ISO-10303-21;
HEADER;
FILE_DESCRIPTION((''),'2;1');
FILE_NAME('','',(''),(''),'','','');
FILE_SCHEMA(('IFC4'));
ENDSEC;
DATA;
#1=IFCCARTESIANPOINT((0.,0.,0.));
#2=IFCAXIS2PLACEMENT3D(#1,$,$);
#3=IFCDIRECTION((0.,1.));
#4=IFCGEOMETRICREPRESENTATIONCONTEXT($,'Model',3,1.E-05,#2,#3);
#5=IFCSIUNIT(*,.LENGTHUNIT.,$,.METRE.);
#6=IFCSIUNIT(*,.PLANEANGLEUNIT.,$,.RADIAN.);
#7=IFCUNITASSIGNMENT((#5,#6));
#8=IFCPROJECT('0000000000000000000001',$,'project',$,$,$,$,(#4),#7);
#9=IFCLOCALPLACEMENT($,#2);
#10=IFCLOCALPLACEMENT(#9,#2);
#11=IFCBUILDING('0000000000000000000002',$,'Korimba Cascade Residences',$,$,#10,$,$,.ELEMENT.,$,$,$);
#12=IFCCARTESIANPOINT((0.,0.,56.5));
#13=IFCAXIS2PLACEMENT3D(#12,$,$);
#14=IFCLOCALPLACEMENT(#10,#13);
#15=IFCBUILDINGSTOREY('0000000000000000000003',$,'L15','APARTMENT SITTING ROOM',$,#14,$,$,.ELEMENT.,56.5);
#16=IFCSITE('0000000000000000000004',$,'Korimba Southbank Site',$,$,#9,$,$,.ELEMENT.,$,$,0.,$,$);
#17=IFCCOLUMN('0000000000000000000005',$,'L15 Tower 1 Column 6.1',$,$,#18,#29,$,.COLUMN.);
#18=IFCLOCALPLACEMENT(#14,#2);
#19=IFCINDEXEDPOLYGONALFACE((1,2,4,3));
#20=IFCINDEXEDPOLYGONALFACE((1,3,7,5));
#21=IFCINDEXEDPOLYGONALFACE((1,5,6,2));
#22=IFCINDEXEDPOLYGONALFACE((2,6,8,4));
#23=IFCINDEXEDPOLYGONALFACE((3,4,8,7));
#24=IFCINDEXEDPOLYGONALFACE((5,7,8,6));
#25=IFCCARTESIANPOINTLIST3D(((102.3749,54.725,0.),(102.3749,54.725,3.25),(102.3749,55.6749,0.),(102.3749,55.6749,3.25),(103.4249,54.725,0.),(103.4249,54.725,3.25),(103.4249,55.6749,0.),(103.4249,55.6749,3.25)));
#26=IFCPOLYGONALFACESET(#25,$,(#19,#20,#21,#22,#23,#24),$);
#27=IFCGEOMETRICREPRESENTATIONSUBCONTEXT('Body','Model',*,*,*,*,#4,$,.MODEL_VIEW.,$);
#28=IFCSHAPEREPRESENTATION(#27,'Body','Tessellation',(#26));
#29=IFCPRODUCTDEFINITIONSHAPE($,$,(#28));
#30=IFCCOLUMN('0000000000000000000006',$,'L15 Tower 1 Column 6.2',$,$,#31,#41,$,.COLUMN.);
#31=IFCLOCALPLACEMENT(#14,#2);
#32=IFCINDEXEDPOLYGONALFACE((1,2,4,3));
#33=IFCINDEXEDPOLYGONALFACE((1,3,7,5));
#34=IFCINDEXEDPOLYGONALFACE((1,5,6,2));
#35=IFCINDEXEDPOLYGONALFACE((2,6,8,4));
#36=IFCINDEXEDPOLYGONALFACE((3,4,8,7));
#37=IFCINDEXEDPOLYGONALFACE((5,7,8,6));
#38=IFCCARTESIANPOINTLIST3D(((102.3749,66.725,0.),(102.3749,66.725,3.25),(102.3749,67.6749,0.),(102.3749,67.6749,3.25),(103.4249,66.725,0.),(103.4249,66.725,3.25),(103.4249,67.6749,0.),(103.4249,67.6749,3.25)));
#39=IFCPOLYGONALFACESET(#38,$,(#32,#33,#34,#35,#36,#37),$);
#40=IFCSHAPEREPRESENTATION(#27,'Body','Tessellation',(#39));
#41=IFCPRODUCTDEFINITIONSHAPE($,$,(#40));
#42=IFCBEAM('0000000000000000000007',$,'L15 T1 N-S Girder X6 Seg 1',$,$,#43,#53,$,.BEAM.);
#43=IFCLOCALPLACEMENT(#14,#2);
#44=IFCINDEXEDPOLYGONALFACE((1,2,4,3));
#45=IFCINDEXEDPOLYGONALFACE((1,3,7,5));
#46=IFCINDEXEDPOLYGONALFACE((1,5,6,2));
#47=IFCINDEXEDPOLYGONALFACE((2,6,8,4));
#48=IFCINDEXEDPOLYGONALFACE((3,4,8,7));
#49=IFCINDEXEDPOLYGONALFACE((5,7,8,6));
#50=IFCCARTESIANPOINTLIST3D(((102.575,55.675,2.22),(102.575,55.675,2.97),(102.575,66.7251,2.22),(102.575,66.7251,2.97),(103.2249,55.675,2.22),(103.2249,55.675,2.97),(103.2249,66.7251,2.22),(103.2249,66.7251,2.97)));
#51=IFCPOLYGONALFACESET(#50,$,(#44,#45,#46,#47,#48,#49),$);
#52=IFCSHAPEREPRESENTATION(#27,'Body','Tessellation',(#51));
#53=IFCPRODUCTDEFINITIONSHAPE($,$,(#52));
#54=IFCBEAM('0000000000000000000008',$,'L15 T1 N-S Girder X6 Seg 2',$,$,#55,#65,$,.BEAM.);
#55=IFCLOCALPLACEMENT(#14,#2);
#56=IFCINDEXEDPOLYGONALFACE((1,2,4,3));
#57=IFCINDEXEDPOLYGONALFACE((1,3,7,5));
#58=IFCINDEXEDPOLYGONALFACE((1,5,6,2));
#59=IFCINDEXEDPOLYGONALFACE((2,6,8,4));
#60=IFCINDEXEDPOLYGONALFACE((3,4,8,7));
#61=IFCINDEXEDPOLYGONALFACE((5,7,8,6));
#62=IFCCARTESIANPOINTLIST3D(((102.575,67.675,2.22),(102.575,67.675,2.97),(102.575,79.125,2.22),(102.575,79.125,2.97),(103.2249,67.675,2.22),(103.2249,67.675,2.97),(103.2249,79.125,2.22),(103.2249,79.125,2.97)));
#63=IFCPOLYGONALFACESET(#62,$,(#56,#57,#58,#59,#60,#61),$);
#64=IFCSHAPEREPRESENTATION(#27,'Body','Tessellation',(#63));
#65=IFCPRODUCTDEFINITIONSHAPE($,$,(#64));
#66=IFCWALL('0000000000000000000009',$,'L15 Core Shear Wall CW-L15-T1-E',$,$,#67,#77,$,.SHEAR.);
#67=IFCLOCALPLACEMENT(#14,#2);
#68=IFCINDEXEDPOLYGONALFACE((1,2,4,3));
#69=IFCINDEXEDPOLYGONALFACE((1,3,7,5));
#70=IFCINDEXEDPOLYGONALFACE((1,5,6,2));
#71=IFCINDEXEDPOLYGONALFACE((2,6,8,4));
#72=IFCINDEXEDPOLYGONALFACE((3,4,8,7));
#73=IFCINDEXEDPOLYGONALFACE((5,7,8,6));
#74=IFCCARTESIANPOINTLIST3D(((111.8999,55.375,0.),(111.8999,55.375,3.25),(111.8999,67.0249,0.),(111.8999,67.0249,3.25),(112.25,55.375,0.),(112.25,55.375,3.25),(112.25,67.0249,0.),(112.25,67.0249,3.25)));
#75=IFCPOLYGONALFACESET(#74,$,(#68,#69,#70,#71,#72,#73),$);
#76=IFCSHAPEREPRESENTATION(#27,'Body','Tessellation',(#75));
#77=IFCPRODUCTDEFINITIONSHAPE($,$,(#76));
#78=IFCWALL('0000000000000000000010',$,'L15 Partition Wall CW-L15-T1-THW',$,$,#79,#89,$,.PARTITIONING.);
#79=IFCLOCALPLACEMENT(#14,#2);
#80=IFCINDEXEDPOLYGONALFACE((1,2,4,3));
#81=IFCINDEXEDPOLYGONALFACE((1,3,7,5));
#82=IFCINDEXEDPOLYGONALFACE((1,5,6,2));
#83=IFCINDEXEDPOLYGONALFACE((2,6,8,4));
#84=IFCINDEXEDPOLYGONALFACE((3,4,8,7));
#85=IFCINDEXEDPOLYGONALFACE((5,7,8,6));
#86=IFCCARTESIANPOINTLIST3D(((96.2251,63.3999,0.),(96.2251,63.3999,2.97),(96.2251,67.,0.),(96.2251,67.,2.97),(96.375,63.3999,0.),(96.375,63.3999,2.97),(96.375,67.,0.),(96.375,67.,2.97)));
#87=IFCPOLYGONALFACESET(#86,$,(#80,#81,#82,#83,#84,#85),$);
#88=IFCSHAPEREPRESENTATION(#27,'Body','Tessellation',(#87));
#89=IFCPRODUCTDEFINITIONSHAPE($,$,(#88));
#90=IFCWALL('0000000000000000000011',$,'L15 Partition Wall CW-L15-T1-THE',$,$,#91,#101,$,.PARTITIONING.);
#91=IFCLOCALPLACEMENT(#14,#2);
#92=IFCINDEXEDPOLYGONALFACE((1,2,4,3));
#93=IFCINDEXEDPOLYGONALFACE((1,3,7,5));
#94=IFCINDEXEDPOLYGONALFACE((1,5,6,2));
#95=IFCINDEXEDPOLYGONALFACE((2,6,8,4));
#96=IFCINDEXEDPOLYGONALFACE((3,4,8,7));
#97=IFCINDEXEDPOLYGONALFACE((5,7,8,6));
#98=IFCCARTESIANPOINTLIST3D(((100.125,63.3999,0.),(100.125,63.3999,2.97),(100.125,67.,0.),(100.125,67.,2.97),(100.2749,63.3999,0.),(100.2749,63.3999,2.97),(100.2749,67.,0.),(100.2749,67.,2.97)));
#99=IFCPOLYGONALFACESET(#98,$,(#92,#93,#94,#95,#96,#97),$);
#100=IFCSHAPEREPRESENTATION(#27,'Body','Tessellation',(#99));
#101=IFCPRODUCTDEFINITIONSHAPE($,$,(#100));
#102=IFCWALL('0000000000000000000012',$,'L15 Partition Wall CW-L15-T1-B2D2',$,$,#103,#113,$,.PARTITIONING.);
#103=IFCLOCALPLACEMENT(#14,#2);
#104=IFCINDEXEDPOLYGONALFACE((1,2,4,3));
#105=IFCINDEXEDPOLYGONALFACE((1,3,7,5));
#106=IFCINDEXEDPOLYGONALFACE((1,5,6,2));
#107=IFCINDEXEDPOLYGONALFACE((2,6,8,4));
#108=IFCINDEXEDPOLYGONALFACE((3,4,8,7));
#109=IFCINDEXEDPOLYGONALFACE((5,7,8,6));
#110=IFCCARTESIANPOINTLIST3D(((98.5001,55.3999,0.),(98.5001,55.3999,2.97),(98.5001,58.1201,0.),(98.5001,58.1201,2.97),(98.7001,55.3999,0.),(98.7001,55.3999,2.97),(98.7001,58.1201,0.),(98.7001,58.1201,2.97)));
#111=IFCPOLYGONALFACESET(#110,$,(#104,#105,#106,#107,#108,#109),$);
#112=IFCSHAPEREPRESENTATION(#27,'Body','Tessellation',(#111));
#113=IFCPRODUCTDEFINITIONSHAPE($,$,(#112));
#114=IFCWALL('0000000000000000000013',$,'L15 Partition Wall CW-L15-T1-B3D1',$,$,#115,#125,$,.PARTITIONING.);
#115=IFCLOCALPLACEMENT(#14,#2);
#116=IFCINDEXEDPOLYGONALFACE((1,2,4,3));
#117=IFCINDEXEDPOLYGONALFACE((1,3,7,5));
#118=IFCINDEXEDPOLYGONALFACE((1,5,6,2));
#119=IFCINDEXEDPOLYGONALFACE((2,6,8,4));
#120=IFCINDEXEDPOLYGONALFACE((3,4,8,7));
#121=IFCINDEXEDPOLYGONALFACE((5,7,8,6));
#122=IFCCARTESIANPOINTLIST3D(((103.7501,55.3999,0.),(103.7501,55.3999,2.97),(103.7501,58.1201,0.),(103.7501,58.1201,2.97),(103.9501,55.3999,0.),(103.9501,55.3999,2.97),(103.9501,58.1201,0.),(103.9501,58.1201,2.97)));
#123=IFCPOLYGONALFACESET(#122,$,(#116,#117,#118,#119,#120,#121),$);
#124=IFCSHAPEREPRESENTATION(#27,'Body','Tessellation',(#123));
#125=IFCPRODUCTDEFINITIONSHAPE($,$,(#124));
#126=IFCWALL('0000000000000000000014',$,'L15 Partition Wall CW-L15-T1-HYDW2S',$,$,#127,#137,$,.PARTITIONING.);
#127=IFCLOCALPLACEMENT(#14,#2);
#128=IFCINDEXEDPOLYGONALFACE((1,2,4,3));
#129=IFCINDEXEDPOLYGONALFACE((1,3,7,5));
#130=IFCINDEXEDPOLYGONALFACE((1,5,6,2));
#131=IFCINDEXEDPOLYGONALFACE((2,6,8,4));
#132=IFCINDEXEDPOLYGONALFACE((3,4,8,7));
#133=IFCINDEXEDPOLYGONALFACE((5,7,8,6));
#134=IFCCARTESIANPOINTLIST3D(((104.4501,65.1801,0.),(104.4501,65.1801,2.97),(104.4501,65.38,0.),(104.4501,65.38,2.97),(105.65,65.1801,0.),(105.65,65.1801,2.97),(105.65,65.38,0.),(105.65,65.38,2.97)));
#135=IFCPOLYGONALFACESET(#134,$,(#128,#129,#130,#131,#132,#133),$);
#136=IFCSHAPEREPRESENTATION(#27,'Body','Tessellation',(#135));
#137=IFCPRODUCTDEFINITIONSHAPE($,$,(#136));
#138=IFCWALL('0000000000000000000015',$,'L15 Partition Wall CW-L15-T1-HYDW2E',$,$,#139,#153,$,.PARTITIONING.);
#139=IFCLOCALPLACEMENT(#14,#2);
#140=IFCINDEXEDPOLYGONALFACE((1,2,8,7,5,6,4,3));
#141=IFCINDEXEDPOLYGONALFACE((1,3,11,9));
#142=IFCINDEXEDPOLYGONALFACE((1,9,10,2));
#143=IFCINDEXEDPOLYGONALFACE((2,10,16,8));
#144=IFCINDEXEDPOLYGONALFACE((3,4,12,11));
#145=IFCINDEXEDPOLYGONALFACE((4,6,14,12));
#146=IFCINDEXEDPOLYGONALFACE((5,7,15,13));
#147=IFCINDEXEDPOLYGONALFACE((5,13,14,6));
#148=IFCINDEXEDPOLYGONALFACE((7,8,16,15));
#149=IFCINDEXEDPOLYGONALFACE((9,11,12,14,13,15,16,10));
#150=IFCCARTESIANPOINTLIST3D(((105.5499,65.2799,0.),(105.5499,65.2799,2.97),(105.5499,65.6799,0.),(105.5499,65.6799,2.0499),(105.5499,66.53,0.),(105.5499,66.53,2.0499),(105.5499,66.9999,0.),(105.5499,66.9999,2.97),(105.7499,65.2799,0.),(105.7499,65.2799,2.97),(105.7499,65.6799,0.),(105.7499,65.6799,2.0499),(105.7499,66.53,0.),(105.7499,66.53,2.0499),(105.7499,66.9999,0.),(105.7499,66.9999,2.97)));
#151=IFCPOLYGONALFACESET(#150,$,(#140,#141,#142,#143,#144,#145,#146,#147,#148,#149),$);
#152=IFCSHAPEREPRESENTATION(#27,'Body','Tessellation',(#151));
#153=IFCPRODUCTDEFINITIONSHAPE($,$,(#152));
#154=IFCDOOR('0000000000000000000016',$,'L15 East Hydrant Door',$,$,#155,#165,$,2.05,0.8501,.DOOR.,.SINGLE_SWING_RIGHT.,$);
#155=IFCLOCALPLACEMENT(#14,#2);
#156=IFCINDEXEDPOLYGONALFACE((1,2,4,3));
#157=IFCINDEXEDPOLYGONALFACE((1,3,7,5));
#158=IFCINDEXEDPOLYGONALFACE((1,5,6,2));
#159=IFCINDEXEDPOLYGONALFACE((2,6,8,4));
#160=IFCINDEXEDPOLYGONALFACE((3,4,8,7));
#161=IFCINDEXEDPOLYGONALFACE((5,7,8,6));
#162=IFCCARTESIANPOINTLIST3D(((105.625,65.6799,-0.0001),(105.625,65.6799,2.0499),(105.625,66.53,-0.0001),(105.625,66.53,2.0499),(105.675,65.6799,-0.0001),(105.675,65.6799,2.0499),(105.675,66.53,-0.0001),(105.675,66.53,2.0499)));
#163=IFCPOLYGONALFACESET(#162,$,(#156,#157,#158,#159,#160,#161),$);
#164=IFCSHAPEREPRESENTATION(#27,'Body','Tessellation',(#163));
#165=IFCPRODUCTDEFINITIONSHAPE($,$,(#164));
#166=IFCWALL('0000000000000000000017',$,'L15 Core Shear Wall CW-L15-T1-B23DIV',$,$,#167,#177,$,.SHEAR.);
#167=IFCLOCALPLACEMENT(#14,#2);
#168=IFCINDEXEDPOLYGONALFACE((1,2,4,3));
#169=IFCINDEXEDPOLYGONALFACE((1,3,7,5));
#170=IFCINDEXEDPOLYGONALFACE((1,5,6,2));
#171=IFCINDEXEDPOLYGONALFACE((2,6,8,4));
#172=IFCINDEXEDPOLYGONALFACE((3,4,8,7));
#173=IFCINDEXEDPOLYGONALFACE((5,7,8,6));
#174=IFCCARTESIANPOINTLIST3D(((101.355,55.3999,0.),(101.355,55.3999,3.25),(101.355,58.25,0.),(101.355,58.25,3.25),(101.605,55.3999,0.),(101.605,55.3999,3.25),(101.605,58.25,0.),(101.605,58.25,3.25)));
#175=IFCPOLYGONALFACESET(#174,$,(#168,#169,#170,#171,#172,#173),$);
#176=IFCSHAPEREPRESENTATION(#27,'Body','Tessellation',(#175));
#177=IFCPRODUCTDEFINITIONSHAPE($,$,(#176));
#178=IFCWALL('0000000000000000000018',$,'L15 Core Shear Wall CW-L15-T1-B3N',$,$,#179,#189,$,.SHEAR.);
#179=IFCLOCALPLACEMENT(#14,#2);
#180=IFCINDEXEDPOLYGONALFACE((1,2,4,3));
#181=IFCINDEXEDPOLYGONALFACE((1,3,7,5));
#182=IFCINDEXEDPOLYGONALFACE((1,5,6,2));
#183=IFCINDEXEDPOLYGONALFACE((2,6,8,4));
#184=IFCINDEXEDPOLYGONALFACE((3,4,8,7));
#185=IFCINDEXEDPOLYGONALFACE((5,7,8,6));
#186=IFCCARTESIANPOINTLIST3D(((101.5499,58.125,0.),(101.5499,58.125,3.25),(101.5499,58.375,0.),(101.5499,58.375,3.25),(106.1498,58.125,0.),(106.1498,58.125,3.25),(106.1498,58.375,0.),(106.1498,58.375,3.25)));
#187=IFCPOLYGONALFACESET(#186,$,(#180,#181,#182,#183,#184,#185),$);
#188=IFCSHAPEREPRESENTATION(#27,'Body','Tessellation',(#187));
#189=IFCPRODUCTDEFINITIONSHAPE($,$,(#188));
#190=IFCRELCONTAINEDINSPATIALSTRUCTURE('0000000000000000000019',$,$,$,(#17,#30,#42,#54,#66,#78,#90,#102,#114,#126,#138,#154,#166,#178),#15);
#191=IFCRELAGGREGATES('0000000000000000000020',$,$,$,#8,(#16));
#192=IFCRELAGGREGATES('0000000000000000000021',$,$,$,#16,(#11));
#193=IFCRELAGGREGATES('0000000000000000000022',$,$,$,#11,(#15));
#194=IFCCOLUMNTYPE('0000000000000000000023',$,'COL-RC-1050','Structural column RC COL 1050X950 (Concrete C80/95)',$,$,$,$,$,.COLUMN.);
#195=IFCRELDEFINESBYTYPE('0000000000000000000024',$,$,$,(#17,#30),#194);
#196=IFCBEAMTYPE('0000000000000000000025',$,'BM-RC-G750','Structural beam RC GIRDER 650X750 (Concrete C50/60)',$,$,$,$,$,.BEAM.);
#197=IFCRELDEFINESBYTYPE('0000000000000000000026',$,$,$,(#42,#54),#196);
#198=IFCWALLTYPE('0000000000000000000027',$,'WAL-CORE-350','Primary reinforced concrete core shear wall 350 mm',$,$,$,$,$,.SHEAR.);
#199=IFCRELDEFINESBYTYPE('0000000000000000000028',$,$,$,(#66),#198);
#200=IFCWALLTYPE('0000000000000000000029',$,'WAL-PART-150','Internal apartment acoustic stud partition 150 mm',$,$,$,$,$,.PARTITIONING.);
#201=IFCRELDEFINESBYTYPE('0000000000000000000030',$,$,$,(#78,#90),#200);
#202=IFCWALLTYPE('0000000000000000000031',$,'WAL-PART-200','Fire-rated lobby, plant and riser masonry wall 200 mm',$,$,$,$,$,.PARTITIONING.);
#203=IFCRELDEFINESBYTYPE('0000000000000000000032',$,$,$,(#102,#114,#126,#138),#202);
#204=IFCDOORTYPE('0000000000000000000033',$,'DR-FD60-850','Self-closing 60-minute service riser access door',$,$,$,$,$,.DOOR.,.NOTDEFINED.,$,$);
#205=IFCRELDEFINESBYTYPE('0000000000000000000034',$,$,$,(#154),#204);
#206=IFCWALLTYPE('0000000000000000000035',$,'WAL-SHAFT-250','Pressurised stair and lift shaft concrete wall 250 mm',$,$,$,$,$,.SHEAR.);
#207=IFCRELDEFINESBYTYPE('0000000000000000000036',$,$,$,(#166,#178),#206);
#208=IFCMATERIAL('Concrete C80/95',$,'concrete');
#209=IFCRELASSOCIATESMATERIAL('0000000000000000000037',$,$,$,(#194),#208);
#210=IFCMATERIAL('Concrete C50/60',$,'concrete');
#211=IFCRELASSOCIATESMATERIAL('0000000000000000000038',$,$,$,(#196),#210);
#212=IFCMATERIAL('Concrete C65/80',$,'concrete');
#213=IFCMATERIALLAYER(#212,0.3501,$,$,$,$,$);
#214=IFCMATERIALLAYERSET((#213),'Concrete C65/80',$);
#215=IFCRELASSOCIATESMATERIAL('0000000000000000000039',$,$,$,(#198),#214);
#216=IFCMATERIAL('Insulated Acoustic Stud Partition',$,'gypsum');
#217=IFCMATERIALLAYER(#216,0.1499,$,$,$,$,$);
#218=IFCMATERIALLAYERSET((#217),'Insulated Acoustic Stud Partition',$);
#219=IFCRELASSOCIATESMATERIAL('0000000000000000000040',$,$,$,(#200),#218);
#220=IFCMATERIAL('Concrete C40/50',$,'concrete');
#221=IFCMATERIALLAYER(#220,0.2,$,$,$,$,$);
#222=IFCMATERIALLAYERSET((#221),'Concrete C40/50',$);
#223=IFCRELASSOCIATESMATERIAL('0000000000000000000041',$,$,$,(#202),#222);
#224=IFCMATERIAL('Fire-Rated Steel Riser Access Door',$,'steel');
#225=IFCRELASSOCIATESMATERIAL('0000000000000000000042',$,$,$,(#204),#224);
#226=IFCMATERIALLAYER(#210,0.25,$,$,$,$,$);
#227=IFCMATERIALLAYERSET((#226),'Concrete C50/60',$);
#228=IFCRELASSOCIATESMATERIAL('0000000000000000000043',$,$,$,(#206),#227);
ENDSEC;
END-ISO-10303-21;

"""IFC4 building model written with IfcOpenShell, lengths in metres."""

from ifc_helpers import new_model, si_unit, direction, frame, frame_2d, origin, origin_2d, place, context, subcontext, project, spatial, rectangle, extrude, material, layer, layer_set, material_profile, profile_set, type_object, element, fill, save


model = new_model("IFC4")

# Units and contexts
model_context = context("Model", 3, precision=1e-05, world=origin(), true_north=direction((0.0, 1.0)))
body_context = subcontext(model_context, "Body", "Model", "MODEL_VIEW")
ifc_project = project(units=[si_unit("LENGTHUNIT", "METRE"), si_unit("PLANEANGLEUNIT", "RADIAN")], contexts=[model_context])

# Site, building, storey
site_placement = place(None, origin())
site = spatial("IfcSite", under=ifc_project, at=site_placement, Name="Korimba Southbank Site", CompositionType="ELEMENT", RefElevation=0.0)
building_placement = place(site_placement, origin())
building = spatial("IfcBuilding", under=site, at=building_placement, Name="Korimba Cascade Residences", CompositionType="ELEMENT")
storey_placement = place(building_placement, frame((0.0, 0.0, 56.5)))
storey = spatial("IfcBuildingStorey", under=building, at=storey_placement, Name="L15", Description="APARTMENT SITTING ROOM", CompositionType="ELEMENT", Elevation=56.5)

# Columns
ifc_material_1 = material(Name="Concrete C80/95", Category="concrete")
ifc_material_profile_1 = material_profile(ifc_material_1, rectangle(XDim=1.05, YDim=0.95, at=origin_2d()), Name="Concrete C80/95")
ifc_profile_set_1 = profile_set([ifc_material_profile_1], Name="Concrete C80/95")
column_type = type_object("IfcColumnType", Name="COL-RC-1050", Description="Structural column RC COL 1050X950 (Concrete C80/95)", PredefinedType="COLUMN", material=ifc_profile_set_1)
for number, where, z_axis, x_axis, name in (
    (1, (102.8999, 55.2, 0.0), (0.0, 0.0, 1.0), (1.0, 0.0, 0.0), "L15 Tower 1 Column 6.1"),
    (2, (102.8999, 67.2, 0.0), (0.0, 0.0, 1.0), (1.0, 0.0, 0.0), "L15 Tower 1 Column 6.2"),
):
    element("IfcColumn", number, at=place(storey_placement, frame(where, z_axis=z_axis, x_axis=x_axis)), inside=storey, type_object=column_type, Name=name, PredefinedType="COLUMN", context=body_context, shape_type="SweptSolid", body=[
        extrude(rectangle(XDim=1.05, YDim=0.95, at=origin_2d()), origin(), (0.0, 0.0, 1.0), 3.25),
    ])

# Beams
ifc_material_2 = material(Name="Concrete C50/60", Category="concrete")
ifc_material_profile_2 = material_profile(ifc_material_2, rectangle(XDim=0.6499, YDim=0.75, at=origin_2d()), Name="Concrete C50/60")
ifc_profile_set_2 = profile_set([ifc_material_profile_2], Name="Concrete C50/60")
beam_type = type_object("IfcBeamType", Name="BM-RC-G750", Description="Structural beam RC GIRDER 650X750 (Concrete C50/60)", PredefinedType="BEAM", material=ifc_profile_set_2)
beam_1_placement = place(storey_placement, frame((102.8999, 55.675, 2.595), z_axis=(0.0, 1.0, 0.0), x_axis=(-1.0, 0.0, 0.0)))
element("IfcBeam", 3, at=beam_1_placement, inside=storey, type_object=beam_type, Name="L15 T1 N-S Girder X6 Seg 1", PredefinedType="BEAM", context=body_context, shape_type="SweptSolid", body=[
    extrude(rectangle(XDim=0.6499, YDim=0.75, at=origin_2d()), origin(), (0.0, 0.0, 1.0), 11.05),
])
beam_2_placement = place(storey_placement, frame((102.8999, 67.675, 2.595), z_axis=(0.0, 1.0, 0.0), x_axis=(-1.0, 0.0, 0.0)))
element("IfcBeam", 4, at=beam_2_placement, inside=storey, type_object=beam_type, Name="L15 T1 N-S Girder X6 Seg 2", PredefinedType="BEAM", context=body_context, shape_type="SweptSolid", body=[
    extrude(rectangle(XDim=0.6499, YDim=0.75, at=origin_2d()), origin(), (0.0, 0.0, 1.0), 11.45),
])

# Walls
ifc_material_3 = material(Name="Concrete C65/80", Category="concrete")
ifc_layer_1 = layer(ifc_material_3, 0.3501)
ifc_layer_set_1 = layer_set([ifc_layer_1], Name="Concrete C65/80")
wall_type_1 = type_object("IfcWallType", Name="WAL-CORE-350", Description="Primary reinforced concrete core shear wall 350 mm", PredefinedType="SHEAR", material=ifc_layer_set_1)
wall_1_placement = place(storey_placement, frame((112.075, 55.375, 0.0), z_axis=(0.0, 0.0, 1.0), x_axis=(0.0, 1.0, 0.0)))
element("IfcWall", 5, at=wall_1_placement, inside=storey, type_object=wall_type_1, Name="L15 Core Shear Wall CW-L15-T1-E", PredefinedType="SHEAR", context=body_context, shape_type="SweptSolid", body=[
    extrude(rectangle(XDim=11.6499, YDim=0.3501, at=frame_2d((5.825, 0.0))), origin(), (0.0, 0.0, 1.0), 3.25),
])
ifc_material_4 = material(Name="Insulated Acoustic Stud Partition", Category="gypsum")
ifc_layer_2 = layer(ifc_material_4, 0.1499)
ifc_layer_set_2 = layer_set([ifc_layer_2], Name="Insulated Acoustic Stud Partition")
wall_type_2 = type_object("IfcWallType", Name="WAL-PART-150", Description="Internal apartment acoustic stud partition 150 mm", PredefinedType="PARTITIONING", material=ifc_layer_set_2)
for number, where, z_axis, x_axis, name in (
    (6, (96.3, 63.3999, 0.0), (0.0, 0.0, 1.0), (0.0, 1.0, 0.0), "L15 Partition Wall CW-L15-T1-THW"),
    (7, (100.2, 63.3999, 0.0), (0.0, 0.0, 1.0), (0.0, 1.0, 0.0), "L15 Partition Wall CW-L15-T1-THE"),
):
    element("IfcWall", number, at=place(storey_placement, frame(where, z_axis=z_axis, x_axis=x_axis)), inside=storey, type_object=wall_type_2, Name=name, PredefinedType="PARTITIONING", context=body_context, shape_type="SweptSolid", body=[
        extrude(rectangle(XDim=3.6001, YDim=0.1499, at=frame_2d((1.8, 0.0))), origin(), (0.0, 0.0, 1.0), 2.97),
    ])
ifc_material_5 = material(Name="Concrete C40/50", Category="concrete")
ifc_layer_3 = layer(ifc_material_5, 0.2)
ifc_layer_set_3 = layer_set([ifc_layer_3], Name="Concrete C40/50")
wall_type_3 = type_object("IfcWallType", Name="WAL-PART-200", Description="Fire-rated lobby, plant and riser masonry wall 200 mm", PredefinedType="PARTITIONING", material=ifc_layer_set_3)
for number, where, z_axis, x_axis, name in (
    (8, (98.6001, 55.3999, 0.0), (0.0, 0.0, 1.0), (0.0, 1.0, 0.0), "L15 Partition Wall CW-L15-T1-B2D2"),
    (9, (103.8501, 55.3999, 0.0), (0.0, 0.0, 1.0), (0.0, 1.0, 0.0), "L15 Partition Wall CW-L15-T1-B3D1"),
):
    element("IfcWall", number, at=place(storey_placement, frame(where, z_axis=z_axis, x_axis=x_axis)), inside=storey, type_object=wall_type_3, Name=name, PredefinedType="PARTITIONING", context=body_context, shape_type="SweptSolid", body=[
        extrude(rectangle(XDim=2.7202, YDim=0.2, at=frame_2d((1.3601, 0.0))), origin(), (0.0, 0.0, 1.0), 2.97),
    ])
wall_2_placement = place(storey_placement, frame((104.45, 65.28, 0.0), z_axis=(0.0, 0.0, 1.0), x_axis=(1.0, 0.0, 0.0)))
element("IfcWall", 10, at=wall_2_placement, inside=storey, type_object=wall_type_3, Name="L15 Partition Wall CW-L15-T1-HYDW2S", PredefinedType="PARTITIONING", context=body_context, shape_type="SweptSolid", body=[
    extrude(rectangle(XDim=1.2, YDim=0.2, at=frame_2d((0.6001, 0.0))), origin(), (0.0, 0.0, 1.0), 2.97),
])

# Wall, opening, door
wall_3_placement = place(storey_placement, frame((105.6499, 65.28, 0.0), z_axis=(0.0, 0.0, 1.0), x_axis=(0.0, 1.0, 0.0)))
wall_3 = element("IfcWall", 11, at=wall_3_placement, inside=storey, type_object=wall_type_3, Name="L15 Partition Wall CW-L15-T1-HYDW2E", PredefinedType="PARTITIONING", context=body_context, shape_type="SweptSolid", body=[
    extrude(rectangle(XDim=1.72, YDim=0.2, at=frame_2d((0.8599, 0.0))), origin(), (0.0, 0.0, 1.0), 2.97),
])
opening_1_placement = place(wall_3_placement, frame((0.3999, 0.0, 0.0)))
opening_1 = element("IfcOpeningElement", 12, at=opening_1_placement, cuts=wall_3, PredefinedType="OPENING", context=body_context, shape_type="SweptSolid", body=[
    extrude(rectangle(XDim=0.8501, YDim=2.05, at=frame_2d((0.425, 1.0249))), frame((0.0, 0.1099, 0.0), z_axis=(0.0, -1.0, 0.0), x_axis=(1.0, 0.0, 0.0)), (0.0, 0.0, 1.0), 0.22),
])
ifc_material_6 = material(Name="Fire-Rated Steel Riser Access Door", Category="steel")
door_type_1 = type_object("IfcDoorType", Name="DR-FD60-850", Description="Self-closing 60-minute service riser access door", OperationType="NOTDEFINED", PredefinedType="DOOR", material=ifc_material_6)
door_1_placement = place(opening_1_placement, origin())
door_1 = element("IfcDoor", 13, at=door_1_placement, inside=storey, type_object=door_type_1, Name="L15 East Hydrant Door", OperationType="SINGLE_SWING_RIGHT", OverallHeight=2.05, OverallWidth=0.8501, PredefinedType="DOOR", context=body_context, shape_type="SweptSolid", body=[
    extrude(rectangle(XDim=0.8501, YDim=2.05, at=frame_2d((0.425, 1.0249))), frame((0.0, 0.0249, 0.0), z_axis=(0.0, -1.0, 0.0), x_axis=(1.0, 0.0, 0.0)), (0.0, 0.0, 1.0), 0.05),
])
fill(opening_1, door_1)

# Walls
ifc_layer_4 = layer(ifc_material_2, 0.25)
ifc_layer_set_4 = layer_set([ifc_layer_4], Name="Concrete C50/60")
wall_type_4 = type_object("IfcWallType", Name="WAL-SHAFT-250", Description="Pressurised stair and lift shaft concrete wall 250 mm", PredefinedType="SHEAR", material=ifc_layer_set_4)
wall_4_placement = place(storey_placement, frame((101.48, 55.3999, 0.0), z_axis=(0.0, 0.0, 1.0), x_axis=(0.0, 1.0, 0.0)))
element("IfcWall", 14, at=wall_4_placement, inside=storey, type_object=wall_type_4, Name="L15 Core Shear Wall CW-L15-T1-B23DIV", PredefinedType="SHEAR", context=body_context, shape_type="SweptSolid", body=[
    extrude(rectangle(XDim=2.8501, YDim=0.25, at=frame_2d((1.425, 0.0))), origin(), (0.0, 0.0, 1.0), 3.25),
])
wall_5_placement = place(storey_placement, frame((101.55, 58.25, 0.0), z_axis=(0.0, 0.0, 1.0), x_axis=(1.0, 0.0, 0.0)))
element("IfcWall", 15, at=wall_5_placement, inside=storey, type_object=wall_type_4, Name="L15 Core Shear Wall CW-L15-T1-B3N", PredefinedType="SHEAR", context=body_context, shape_type="SweptSolid", body=[
    extrude(rectangle(XDim=4.5999, YDim=0.25, at=frame_2d((2.2998, 0.0))), origin(), (0.0, 0.0, 1.0), 3.25),
])

save(model, "model.ifc")
